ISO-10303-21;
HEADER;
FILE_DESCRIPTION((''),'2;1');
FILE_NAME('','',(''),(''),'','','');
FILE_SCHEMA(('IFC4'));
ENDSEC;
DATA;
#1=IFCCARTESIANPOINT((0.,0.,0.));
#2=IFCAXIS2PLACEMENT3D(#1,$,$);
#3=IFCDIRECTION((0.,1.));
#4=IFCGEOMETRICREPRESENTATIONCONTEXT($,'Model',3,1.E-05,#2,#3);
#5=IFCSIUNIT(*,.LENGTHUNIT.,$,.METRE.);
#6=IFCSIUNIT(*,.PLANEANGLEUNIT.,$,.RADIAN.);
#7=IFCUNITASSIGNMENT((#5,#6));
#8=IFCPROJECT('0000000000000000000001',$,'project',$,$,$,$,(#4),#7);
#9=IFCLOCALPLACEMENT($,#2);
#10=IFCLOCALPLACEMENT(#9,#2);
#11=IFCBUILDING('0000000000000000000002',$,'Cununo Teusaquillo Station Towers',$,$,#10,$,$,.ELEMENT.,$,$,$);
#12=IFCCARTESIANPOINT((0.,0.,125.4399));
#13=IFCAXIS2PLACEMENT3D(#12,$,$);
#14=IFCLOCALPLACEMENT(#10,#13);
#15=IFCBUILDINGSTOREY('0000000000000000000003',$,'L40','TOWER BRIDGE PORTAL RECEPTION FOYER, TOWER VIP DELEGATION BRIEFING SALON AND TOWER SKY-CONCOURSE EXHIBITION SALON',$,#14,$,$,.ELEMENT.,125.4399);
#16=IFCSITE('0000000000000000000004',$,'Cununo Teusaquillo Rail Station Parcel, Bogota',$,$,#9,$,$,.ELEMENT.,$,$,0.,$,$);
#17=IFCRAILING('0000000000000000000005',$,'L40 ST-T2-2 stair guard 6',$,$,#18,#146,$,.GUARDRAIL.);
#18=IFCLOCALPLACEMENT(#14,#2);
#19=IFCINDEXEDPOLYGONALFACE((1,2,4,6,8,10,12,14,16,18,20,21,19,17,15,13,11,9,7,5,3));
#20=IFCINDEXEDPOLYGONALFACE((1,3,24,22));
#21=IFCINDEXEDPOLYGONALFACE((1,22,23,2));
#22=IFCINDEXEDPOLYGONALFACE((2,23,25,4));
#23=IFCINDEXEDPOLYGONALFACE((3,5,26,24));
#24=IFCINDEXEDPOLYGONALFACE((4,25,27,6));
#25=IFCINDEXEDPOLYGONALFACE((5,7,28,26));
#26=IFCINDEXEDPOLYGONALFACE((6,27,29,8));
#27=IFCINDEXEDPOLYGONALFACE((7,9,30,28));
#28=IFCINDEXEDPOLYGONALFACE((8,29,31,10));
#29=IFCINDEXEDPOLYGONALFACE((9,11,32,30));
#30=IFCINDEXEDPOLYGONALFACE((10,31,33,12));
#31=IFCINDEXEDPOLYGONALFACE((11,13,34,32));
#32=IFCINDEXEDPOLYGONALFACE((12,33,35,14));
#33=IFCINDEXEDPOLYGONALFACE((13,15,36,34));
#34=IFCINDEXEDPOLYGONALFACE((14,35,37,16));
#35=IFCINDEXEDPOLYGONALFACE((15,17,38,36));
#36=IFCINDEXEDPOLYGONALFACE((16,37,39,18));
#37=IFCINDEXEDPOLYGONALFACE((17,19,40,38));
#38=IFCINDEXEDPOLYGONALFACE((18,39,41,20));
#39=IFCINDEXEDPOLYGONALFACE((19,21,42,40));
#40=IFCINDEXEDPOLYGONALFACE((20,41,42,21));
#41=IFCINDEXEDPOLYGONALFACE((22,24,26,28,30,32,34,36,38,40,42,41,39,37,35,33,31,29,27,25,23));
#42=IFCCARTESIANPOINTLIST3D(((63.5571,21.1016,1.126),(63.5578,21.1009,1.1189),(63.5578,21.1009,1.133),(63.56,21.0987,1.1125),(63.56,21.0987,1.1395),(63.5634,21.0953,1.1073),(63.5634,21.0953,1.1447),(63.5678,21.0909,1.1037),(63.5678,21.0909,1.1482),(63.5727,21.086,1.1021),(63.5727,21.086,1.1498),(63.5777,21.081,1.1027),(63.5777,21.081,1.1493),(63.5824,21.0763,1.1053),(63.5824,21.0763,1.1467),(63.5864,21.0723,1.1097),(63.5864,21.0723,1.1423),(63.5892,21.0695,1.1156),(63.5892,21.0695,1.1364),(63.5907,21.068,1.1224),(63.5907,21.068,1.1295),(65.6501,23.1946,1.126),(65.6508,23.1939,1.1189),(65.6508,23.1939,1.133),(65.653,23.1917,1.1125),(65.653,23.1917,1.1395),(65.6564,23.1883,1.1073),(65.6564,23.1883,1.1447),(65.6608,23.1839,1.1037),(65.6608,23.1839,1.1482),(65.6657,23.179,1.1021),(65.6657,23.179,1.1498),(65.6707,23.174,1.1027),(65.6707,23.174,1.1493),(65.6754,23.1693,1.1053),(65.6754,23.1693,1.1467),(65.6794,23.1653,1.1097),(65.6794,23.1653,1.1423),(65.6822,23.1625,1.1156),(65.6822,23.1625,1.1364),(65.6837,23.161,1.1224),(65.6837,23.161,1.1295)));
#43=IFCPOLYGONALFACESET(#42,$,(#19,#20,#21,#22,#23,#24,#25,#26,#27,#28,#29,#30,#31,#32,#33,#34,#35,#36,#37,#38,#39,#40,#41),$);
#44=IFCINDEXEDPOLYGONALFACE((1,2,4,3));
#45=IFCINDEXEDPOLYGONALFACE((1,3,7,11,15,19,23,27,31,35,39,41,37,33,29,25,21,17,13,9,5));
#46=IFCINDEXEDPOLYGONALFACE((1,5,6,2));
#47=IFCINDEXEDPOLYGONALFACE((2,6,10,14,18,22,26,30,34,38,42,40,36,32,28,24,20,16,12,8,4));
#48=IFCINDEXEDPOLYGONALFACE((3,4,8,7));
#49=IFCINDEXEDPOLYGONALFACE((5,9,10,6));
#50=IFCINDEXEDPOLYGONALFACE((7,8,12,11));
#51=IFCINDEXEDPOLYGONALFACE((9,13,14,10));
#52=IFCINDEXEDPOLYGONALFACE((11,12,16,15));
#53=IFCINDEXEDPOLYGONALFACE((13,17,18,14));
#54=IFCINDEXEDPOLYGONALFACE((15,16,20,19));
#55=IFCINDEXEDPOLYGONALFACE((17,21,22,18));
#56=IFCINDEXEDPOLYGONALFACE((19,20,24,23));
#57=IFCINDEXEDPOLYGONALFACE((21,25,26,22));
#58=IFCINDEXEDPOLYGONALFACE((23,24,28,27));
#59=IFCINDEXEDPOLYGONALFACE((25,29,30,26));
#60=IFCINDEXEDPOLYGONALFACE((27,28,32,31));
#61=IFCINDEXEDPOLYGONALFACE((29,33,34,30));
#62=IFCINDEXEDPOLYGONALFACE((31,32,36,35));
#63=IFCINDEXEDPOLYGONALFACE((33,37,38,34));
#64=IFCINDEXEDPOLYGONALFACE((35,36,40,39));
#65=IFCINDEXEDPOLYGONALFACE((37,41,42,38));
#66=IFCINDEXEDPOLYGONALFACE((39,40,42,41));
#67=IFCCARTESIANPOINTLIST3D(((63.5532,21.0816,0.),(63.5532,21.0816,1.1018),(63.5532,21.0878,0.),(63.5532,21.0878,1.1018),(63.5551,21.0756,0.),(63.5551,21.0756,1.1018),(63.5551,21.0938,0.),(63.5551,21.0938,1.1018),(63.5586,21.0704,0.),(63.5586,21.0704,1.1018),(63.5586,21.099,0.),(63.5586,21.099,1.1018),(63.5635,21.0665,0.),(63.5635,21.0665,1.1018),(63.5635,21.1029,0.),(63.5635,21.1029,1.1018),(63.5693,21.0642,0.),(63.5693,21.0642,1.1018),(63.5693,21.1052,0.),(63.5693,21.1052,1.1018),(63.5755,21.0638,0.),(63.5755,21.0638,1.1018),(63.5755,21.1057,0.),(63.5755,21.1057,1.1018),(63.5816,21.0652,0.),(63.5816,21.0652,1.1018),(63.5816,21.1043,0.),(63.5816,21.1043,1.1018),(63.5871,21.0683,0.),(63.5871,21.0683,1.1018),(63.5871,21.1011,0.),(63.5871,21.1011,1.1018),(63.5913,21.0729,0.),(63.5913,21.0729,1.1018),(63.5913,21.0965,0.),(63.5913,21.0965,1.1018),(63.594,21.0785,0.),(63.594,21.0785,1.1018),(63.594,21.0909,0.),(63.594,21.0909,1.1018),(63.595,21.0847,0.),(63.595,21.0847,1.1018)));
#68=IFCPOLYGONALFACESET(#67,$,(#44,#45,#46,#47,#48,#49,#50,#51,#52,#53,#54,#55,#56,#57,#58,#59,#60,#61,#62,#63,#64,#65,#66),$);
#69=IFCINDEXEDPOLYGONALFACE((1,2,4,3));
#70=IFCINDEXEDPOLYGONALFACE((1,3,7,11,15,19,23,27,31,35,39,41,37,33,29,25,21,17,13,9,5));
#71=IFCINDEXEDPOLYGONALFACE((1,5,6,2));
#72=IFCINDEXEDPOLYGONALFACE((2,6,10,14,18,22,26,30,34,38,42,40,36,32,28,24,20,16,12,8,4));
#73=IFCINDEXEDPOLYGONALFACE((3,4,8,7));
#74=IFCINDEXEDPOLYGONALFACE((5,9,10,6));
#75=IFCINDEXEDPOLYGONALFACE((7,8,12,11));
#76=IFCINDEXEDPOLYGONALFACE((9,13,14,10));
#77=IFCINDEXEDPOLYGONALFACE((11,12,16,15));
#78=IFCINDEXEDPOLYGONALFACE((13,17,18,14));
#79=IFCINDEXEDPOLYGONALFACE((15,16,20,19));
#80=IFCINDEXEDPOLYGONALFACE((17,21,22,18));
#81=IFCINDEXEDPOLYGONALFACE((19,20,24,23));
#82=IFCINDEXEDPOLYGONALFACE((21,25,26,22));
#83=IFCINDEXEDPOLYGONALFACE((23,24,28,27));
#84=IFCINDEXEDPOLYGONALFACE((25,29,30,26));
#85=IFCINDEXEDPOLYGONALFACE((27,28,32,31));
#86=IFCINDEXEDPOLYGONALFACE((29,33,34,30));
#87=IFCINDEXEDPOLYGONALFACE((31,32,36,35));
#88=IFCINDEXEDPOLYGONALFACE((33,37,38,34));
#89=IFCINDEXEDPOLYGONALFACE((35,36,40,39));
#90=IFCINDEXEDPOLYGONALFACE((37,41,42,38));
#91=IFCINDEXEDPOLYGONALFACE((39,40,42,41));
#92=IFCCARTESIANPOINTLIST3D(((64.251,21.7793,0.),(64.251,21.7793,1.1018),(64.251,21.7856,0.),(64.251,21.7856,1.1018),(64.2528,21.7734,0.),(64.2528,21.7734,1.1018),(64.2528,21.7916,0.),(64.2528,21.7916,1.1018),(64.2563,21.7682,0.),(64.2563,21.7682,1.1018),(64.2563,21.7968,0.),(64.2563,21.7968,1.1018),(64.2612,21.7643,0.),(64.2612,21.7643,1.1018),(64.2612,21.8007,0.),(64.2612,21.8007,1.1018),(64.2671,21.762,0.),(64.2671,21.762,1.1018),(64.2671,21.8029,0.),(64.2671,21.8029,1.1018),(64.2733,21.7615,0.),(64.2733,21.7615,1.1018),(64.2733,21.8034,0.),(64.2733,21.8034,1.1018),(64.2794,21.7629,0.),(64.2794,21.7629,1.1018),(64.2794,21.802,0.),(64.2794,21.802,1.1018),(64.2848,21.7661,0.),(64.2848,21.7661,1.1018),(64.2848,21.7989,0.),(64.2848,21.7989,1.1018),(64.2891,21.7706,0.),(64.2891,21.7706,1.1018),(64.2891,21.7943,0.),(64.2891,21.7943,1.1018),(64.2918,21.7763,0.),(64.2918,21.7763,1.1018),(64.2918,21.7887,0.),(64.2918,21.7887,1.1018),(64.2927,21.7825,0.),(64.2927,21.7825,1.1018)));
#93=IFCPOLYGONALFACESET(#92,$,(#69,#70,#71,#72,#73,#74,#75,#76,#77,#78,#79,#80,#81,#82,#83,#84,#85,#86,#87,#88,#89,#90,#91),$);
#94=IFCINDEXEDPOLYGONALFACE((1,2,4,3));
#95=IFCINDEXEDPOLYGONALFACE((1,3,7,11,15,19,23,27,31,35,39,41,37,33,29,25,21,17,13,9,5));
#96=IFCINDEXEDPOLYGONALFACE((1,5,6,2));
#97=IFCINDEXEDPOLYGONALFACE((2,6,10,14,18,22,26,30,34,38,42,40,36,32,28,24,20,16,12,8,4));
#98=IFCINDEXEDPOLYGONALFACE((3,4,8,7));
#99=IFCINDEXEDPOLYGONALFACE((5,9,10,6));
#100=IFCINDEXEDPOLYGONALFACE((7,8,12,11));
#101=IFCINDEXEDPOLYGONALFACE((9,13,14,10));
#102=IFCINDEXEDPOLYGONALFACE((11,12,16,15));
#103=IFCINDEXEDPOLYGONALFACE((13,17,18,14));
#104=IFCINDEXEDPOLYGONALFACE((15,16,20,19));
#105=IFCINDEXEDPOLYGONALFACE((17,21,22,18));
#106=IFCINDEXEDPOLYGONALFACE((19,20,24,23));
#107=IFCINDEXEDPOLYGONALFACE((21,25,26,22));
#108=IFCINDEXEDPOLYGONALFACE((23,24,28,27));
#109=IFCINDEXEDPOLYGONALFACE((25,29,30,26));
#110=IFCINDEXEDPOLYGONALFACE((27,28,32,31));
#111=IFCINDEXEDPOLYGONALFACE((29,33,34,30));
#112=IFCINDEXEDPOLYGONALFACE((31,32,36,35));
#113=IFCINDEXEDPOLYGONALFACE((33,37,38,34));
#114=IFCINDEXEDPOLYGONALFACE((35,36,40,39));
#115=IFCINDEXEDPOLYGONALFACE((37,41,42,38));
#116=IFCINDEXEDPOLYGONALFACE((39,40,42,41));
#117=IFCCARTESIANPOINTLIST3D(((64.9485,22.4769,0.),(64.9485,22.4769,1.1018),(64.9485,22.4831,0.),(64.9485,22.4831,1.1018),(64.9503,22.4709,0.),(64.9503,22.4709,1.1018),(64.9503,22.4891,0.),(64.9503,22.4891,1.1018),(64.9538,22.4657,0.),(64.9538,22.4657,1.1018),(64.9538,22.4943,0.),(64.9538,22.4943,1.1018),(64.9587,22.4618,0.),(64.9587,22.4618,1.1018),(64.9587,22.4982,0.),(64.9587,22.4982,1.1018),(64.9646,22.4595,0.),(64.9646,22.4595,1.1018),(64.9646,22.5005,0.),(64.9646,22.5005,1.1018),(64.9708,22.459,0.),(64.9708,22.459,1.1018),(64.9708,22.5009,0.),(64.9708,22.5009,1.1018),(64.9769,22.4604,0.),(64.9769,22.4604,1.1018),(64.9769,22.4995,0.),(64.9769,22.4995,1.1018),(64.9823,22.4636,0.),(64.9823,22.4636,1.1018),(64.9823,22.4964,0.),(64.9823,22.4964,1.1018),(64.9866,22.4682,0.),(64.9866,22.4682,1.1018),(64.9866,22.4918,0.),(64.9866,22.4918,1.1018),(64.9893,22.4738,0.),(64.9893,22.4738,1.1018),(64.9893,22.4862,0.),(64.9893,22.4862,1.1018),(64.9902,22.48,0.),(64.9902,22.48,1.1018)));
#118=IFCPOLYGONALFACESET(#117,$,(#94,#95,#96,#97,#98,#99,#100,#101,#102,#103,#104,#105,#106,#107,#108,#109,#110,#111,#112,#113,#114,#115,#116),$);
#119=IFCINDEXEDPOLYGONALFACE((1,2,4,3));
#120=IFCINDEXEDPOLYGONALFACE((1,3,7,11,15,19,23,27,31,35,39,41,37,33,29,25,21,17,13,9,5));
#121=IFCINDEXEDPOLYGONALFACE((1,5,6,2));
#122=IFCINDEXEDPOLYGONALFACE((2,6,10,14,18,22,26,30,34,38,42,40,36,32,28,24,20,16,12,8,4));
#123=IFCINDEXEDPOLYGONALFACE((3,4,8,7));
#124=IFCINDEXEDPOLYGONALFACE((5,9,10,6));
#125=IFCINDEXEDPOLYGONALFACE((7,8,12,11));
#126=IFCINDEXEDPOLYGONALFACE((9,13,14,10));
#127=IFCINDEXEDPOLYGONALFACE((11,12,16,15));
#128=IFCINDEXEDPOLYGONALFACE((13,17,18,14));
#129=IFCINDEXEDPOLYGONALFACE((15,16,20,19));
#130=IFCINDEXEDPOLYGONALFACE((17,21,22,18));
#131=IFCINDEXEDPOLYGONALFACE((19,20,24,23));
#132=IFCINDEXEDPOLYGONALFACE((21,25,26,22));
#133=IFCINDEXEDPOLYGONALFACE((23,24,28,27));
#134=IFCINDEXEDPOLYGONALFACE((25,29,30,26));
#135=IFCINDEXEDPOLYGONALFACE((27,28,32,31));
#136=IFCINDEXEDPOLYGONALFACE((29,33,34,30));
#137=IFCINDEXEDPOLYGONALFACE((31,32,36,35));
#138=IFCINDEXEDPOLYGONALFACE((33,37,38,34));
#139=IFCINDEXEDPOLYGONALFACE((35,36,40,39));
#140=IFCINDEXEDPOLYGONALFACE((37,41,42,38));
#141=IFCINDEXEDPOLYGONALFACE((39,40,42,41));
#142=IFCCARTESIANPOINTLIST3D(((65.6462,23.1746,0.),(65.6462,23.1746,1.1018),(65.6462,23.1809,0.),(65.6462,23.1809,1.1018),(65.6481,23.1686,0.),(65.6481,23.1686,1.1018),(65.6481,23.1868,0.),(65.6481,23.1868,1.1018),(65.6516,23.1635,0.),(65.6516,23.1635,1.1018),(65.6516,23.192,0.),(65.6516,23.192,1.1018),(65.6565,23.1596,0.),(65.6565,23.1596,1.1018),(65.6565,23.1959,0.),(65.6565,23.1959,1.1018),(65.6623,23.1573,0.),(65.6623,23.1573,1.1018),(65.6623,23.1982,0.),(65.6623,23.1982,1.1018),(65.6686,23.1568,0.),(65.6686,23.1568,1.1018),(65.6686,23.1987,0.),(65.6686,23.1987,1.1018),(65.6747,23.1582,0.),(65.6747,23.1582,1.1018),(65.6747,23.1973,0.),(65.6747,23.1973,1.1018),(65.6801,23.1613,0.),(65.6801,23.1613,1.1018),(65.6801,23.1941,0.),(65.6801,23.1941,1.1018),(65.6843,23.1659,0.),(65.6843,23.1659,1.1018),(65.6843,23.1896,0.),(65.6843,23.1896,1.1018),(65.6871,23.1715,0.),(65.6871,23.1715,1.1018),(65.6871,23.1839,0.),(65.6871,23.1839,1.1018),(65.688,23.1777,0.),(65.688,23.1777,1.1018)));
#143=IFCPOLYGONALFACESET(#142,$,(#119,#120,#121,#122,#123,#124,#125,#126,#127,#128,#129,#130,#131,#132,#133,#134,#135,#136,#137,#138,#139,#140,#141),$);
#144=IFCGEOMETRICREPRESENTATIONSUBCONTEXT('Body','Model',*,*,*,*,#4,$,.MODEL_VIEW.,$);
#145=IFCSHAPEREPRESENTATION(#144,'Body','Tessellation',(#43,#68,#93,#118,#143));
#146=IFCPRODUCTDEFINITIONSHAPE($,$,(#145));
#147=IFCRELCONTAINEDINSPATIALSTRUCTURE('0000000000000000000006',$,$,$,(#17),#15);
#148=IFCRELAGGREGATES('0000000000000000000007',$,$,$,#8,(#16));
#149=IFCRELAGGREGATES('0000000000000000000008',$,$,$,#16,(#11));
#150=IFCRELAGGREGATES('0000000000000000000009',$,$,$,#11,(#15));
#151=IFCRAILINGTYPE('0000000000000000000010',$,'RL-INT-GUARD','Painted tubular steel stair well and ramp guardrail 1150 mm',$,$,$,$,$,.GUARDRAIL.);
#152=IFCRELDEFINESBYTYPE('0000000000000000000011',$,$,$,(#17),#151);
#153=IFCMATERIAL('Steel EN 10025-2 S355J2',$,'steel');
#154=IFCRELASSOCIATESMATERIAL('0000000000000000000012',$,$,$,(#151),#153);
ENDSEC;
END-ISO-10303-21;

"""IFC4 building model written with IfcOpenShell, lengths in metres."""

from ifc_helpers import new_model, si_unit, direction, frame, origin, origin_2d, place, context, subcontext, project, spatial, circle, extrude, material, type_object, element, save


model = new_model("IFC4")

# Units and contexts
model_context = context("Model", 3, precision=1e-05, world=origin(), true_north=direction((0.0, 1.0)))
body_context = subcontext(model_context, "Body", "Model", "MODEL_VIEW")
ifc_project = project(units=[si_unit("LENGTHUNIT", "METRE"), si_unit("PLANEANGLEUNIT", "RADIAN")], contexts=[model_context])

# Site, building, storey
site_placement = place(None, origin())
site = spatial("IfcSite", under=ifc_project, at=site_placement, Name="Cununo Teusaquillo Rail Station Parcel, Bogota", CompositionType="ELEMENT", RefElevation=0.0)
building_placement = place(site_placement, origin())
building = spatial("IfcBuilding", under=site, at=building_placement, Name="Cununo Teusaquillo Station Towers", CompositionType="ELEMENT")
storey_placement = place(building_placement, frame((0.0, 0.0, 125.4399)))
storey = spatial("IfcBuildingStorey", under=building, at=storey_placement, Name="L40", Description="TOWER BRIDGE PORTAL RECEPTION FOYER, TOWER VIP DELEGATION BRIEFING SALON AND TOWER SKY-CONCOURSE EXHIBITION SALON", CompositionType="ELEMENT", Elevation=125.4399)

# Railing
ifc_material_1 = material(Name="Steel EN 10025-2 S355J2", Category="steel")
railing_type = type_object("IfcRailingType", Name="RL-INT-GUARD", Description="Painted tubular steel stair well and ramp guardrail 1150 mm", PredefinedType="GUARDRAIL", material=ifc_material_1)
railing_1_placement = place(storey_placement, frame((63.574, 21.0847, 0.0)))
element("IfcRailing", 1, at=railing_1_placement, inside=storey, type_object=railing_type, Name="L40 ST-T2-2 stair guard 6", PredefinedType="GUARDRAIL", context=body_context, shape_type="SweptSolid", body=[
    extrude(circle(Radius=0.0239, at=origin_2d()), frame((0.0, 0.0, 1.126), z_axis=(0.707107, 0.707107, 0.0), x_axis=(-0.707107, 0.707107, 0.0)), (0.0, 0.0, 1.0), 2.96),
    extrude(circle(Radius=0.021, at=origin_2d()), origin(), (0.0, 0.0, 1.0), 1.1018),
    extrude(circle(Radius=0.021, at=origin_2d()), frame((0.6978, 0.6978, 0.0)), (0.0, 0.0, 1.0), 1.1018),
    extrude(circle(Radius=0.021, at=origin_2d()), frame((1.3953, 1.3953, 0.0)), (0.0, 0.0, 1.0), 1.1018),
    extrude(circle(Radius=0.021, at=origin_2d()), frame((2.093, 2.093, 0.0)), (0.0, 0.0, 1.0), 1.1018),
])

save(model, "model.ifc")
